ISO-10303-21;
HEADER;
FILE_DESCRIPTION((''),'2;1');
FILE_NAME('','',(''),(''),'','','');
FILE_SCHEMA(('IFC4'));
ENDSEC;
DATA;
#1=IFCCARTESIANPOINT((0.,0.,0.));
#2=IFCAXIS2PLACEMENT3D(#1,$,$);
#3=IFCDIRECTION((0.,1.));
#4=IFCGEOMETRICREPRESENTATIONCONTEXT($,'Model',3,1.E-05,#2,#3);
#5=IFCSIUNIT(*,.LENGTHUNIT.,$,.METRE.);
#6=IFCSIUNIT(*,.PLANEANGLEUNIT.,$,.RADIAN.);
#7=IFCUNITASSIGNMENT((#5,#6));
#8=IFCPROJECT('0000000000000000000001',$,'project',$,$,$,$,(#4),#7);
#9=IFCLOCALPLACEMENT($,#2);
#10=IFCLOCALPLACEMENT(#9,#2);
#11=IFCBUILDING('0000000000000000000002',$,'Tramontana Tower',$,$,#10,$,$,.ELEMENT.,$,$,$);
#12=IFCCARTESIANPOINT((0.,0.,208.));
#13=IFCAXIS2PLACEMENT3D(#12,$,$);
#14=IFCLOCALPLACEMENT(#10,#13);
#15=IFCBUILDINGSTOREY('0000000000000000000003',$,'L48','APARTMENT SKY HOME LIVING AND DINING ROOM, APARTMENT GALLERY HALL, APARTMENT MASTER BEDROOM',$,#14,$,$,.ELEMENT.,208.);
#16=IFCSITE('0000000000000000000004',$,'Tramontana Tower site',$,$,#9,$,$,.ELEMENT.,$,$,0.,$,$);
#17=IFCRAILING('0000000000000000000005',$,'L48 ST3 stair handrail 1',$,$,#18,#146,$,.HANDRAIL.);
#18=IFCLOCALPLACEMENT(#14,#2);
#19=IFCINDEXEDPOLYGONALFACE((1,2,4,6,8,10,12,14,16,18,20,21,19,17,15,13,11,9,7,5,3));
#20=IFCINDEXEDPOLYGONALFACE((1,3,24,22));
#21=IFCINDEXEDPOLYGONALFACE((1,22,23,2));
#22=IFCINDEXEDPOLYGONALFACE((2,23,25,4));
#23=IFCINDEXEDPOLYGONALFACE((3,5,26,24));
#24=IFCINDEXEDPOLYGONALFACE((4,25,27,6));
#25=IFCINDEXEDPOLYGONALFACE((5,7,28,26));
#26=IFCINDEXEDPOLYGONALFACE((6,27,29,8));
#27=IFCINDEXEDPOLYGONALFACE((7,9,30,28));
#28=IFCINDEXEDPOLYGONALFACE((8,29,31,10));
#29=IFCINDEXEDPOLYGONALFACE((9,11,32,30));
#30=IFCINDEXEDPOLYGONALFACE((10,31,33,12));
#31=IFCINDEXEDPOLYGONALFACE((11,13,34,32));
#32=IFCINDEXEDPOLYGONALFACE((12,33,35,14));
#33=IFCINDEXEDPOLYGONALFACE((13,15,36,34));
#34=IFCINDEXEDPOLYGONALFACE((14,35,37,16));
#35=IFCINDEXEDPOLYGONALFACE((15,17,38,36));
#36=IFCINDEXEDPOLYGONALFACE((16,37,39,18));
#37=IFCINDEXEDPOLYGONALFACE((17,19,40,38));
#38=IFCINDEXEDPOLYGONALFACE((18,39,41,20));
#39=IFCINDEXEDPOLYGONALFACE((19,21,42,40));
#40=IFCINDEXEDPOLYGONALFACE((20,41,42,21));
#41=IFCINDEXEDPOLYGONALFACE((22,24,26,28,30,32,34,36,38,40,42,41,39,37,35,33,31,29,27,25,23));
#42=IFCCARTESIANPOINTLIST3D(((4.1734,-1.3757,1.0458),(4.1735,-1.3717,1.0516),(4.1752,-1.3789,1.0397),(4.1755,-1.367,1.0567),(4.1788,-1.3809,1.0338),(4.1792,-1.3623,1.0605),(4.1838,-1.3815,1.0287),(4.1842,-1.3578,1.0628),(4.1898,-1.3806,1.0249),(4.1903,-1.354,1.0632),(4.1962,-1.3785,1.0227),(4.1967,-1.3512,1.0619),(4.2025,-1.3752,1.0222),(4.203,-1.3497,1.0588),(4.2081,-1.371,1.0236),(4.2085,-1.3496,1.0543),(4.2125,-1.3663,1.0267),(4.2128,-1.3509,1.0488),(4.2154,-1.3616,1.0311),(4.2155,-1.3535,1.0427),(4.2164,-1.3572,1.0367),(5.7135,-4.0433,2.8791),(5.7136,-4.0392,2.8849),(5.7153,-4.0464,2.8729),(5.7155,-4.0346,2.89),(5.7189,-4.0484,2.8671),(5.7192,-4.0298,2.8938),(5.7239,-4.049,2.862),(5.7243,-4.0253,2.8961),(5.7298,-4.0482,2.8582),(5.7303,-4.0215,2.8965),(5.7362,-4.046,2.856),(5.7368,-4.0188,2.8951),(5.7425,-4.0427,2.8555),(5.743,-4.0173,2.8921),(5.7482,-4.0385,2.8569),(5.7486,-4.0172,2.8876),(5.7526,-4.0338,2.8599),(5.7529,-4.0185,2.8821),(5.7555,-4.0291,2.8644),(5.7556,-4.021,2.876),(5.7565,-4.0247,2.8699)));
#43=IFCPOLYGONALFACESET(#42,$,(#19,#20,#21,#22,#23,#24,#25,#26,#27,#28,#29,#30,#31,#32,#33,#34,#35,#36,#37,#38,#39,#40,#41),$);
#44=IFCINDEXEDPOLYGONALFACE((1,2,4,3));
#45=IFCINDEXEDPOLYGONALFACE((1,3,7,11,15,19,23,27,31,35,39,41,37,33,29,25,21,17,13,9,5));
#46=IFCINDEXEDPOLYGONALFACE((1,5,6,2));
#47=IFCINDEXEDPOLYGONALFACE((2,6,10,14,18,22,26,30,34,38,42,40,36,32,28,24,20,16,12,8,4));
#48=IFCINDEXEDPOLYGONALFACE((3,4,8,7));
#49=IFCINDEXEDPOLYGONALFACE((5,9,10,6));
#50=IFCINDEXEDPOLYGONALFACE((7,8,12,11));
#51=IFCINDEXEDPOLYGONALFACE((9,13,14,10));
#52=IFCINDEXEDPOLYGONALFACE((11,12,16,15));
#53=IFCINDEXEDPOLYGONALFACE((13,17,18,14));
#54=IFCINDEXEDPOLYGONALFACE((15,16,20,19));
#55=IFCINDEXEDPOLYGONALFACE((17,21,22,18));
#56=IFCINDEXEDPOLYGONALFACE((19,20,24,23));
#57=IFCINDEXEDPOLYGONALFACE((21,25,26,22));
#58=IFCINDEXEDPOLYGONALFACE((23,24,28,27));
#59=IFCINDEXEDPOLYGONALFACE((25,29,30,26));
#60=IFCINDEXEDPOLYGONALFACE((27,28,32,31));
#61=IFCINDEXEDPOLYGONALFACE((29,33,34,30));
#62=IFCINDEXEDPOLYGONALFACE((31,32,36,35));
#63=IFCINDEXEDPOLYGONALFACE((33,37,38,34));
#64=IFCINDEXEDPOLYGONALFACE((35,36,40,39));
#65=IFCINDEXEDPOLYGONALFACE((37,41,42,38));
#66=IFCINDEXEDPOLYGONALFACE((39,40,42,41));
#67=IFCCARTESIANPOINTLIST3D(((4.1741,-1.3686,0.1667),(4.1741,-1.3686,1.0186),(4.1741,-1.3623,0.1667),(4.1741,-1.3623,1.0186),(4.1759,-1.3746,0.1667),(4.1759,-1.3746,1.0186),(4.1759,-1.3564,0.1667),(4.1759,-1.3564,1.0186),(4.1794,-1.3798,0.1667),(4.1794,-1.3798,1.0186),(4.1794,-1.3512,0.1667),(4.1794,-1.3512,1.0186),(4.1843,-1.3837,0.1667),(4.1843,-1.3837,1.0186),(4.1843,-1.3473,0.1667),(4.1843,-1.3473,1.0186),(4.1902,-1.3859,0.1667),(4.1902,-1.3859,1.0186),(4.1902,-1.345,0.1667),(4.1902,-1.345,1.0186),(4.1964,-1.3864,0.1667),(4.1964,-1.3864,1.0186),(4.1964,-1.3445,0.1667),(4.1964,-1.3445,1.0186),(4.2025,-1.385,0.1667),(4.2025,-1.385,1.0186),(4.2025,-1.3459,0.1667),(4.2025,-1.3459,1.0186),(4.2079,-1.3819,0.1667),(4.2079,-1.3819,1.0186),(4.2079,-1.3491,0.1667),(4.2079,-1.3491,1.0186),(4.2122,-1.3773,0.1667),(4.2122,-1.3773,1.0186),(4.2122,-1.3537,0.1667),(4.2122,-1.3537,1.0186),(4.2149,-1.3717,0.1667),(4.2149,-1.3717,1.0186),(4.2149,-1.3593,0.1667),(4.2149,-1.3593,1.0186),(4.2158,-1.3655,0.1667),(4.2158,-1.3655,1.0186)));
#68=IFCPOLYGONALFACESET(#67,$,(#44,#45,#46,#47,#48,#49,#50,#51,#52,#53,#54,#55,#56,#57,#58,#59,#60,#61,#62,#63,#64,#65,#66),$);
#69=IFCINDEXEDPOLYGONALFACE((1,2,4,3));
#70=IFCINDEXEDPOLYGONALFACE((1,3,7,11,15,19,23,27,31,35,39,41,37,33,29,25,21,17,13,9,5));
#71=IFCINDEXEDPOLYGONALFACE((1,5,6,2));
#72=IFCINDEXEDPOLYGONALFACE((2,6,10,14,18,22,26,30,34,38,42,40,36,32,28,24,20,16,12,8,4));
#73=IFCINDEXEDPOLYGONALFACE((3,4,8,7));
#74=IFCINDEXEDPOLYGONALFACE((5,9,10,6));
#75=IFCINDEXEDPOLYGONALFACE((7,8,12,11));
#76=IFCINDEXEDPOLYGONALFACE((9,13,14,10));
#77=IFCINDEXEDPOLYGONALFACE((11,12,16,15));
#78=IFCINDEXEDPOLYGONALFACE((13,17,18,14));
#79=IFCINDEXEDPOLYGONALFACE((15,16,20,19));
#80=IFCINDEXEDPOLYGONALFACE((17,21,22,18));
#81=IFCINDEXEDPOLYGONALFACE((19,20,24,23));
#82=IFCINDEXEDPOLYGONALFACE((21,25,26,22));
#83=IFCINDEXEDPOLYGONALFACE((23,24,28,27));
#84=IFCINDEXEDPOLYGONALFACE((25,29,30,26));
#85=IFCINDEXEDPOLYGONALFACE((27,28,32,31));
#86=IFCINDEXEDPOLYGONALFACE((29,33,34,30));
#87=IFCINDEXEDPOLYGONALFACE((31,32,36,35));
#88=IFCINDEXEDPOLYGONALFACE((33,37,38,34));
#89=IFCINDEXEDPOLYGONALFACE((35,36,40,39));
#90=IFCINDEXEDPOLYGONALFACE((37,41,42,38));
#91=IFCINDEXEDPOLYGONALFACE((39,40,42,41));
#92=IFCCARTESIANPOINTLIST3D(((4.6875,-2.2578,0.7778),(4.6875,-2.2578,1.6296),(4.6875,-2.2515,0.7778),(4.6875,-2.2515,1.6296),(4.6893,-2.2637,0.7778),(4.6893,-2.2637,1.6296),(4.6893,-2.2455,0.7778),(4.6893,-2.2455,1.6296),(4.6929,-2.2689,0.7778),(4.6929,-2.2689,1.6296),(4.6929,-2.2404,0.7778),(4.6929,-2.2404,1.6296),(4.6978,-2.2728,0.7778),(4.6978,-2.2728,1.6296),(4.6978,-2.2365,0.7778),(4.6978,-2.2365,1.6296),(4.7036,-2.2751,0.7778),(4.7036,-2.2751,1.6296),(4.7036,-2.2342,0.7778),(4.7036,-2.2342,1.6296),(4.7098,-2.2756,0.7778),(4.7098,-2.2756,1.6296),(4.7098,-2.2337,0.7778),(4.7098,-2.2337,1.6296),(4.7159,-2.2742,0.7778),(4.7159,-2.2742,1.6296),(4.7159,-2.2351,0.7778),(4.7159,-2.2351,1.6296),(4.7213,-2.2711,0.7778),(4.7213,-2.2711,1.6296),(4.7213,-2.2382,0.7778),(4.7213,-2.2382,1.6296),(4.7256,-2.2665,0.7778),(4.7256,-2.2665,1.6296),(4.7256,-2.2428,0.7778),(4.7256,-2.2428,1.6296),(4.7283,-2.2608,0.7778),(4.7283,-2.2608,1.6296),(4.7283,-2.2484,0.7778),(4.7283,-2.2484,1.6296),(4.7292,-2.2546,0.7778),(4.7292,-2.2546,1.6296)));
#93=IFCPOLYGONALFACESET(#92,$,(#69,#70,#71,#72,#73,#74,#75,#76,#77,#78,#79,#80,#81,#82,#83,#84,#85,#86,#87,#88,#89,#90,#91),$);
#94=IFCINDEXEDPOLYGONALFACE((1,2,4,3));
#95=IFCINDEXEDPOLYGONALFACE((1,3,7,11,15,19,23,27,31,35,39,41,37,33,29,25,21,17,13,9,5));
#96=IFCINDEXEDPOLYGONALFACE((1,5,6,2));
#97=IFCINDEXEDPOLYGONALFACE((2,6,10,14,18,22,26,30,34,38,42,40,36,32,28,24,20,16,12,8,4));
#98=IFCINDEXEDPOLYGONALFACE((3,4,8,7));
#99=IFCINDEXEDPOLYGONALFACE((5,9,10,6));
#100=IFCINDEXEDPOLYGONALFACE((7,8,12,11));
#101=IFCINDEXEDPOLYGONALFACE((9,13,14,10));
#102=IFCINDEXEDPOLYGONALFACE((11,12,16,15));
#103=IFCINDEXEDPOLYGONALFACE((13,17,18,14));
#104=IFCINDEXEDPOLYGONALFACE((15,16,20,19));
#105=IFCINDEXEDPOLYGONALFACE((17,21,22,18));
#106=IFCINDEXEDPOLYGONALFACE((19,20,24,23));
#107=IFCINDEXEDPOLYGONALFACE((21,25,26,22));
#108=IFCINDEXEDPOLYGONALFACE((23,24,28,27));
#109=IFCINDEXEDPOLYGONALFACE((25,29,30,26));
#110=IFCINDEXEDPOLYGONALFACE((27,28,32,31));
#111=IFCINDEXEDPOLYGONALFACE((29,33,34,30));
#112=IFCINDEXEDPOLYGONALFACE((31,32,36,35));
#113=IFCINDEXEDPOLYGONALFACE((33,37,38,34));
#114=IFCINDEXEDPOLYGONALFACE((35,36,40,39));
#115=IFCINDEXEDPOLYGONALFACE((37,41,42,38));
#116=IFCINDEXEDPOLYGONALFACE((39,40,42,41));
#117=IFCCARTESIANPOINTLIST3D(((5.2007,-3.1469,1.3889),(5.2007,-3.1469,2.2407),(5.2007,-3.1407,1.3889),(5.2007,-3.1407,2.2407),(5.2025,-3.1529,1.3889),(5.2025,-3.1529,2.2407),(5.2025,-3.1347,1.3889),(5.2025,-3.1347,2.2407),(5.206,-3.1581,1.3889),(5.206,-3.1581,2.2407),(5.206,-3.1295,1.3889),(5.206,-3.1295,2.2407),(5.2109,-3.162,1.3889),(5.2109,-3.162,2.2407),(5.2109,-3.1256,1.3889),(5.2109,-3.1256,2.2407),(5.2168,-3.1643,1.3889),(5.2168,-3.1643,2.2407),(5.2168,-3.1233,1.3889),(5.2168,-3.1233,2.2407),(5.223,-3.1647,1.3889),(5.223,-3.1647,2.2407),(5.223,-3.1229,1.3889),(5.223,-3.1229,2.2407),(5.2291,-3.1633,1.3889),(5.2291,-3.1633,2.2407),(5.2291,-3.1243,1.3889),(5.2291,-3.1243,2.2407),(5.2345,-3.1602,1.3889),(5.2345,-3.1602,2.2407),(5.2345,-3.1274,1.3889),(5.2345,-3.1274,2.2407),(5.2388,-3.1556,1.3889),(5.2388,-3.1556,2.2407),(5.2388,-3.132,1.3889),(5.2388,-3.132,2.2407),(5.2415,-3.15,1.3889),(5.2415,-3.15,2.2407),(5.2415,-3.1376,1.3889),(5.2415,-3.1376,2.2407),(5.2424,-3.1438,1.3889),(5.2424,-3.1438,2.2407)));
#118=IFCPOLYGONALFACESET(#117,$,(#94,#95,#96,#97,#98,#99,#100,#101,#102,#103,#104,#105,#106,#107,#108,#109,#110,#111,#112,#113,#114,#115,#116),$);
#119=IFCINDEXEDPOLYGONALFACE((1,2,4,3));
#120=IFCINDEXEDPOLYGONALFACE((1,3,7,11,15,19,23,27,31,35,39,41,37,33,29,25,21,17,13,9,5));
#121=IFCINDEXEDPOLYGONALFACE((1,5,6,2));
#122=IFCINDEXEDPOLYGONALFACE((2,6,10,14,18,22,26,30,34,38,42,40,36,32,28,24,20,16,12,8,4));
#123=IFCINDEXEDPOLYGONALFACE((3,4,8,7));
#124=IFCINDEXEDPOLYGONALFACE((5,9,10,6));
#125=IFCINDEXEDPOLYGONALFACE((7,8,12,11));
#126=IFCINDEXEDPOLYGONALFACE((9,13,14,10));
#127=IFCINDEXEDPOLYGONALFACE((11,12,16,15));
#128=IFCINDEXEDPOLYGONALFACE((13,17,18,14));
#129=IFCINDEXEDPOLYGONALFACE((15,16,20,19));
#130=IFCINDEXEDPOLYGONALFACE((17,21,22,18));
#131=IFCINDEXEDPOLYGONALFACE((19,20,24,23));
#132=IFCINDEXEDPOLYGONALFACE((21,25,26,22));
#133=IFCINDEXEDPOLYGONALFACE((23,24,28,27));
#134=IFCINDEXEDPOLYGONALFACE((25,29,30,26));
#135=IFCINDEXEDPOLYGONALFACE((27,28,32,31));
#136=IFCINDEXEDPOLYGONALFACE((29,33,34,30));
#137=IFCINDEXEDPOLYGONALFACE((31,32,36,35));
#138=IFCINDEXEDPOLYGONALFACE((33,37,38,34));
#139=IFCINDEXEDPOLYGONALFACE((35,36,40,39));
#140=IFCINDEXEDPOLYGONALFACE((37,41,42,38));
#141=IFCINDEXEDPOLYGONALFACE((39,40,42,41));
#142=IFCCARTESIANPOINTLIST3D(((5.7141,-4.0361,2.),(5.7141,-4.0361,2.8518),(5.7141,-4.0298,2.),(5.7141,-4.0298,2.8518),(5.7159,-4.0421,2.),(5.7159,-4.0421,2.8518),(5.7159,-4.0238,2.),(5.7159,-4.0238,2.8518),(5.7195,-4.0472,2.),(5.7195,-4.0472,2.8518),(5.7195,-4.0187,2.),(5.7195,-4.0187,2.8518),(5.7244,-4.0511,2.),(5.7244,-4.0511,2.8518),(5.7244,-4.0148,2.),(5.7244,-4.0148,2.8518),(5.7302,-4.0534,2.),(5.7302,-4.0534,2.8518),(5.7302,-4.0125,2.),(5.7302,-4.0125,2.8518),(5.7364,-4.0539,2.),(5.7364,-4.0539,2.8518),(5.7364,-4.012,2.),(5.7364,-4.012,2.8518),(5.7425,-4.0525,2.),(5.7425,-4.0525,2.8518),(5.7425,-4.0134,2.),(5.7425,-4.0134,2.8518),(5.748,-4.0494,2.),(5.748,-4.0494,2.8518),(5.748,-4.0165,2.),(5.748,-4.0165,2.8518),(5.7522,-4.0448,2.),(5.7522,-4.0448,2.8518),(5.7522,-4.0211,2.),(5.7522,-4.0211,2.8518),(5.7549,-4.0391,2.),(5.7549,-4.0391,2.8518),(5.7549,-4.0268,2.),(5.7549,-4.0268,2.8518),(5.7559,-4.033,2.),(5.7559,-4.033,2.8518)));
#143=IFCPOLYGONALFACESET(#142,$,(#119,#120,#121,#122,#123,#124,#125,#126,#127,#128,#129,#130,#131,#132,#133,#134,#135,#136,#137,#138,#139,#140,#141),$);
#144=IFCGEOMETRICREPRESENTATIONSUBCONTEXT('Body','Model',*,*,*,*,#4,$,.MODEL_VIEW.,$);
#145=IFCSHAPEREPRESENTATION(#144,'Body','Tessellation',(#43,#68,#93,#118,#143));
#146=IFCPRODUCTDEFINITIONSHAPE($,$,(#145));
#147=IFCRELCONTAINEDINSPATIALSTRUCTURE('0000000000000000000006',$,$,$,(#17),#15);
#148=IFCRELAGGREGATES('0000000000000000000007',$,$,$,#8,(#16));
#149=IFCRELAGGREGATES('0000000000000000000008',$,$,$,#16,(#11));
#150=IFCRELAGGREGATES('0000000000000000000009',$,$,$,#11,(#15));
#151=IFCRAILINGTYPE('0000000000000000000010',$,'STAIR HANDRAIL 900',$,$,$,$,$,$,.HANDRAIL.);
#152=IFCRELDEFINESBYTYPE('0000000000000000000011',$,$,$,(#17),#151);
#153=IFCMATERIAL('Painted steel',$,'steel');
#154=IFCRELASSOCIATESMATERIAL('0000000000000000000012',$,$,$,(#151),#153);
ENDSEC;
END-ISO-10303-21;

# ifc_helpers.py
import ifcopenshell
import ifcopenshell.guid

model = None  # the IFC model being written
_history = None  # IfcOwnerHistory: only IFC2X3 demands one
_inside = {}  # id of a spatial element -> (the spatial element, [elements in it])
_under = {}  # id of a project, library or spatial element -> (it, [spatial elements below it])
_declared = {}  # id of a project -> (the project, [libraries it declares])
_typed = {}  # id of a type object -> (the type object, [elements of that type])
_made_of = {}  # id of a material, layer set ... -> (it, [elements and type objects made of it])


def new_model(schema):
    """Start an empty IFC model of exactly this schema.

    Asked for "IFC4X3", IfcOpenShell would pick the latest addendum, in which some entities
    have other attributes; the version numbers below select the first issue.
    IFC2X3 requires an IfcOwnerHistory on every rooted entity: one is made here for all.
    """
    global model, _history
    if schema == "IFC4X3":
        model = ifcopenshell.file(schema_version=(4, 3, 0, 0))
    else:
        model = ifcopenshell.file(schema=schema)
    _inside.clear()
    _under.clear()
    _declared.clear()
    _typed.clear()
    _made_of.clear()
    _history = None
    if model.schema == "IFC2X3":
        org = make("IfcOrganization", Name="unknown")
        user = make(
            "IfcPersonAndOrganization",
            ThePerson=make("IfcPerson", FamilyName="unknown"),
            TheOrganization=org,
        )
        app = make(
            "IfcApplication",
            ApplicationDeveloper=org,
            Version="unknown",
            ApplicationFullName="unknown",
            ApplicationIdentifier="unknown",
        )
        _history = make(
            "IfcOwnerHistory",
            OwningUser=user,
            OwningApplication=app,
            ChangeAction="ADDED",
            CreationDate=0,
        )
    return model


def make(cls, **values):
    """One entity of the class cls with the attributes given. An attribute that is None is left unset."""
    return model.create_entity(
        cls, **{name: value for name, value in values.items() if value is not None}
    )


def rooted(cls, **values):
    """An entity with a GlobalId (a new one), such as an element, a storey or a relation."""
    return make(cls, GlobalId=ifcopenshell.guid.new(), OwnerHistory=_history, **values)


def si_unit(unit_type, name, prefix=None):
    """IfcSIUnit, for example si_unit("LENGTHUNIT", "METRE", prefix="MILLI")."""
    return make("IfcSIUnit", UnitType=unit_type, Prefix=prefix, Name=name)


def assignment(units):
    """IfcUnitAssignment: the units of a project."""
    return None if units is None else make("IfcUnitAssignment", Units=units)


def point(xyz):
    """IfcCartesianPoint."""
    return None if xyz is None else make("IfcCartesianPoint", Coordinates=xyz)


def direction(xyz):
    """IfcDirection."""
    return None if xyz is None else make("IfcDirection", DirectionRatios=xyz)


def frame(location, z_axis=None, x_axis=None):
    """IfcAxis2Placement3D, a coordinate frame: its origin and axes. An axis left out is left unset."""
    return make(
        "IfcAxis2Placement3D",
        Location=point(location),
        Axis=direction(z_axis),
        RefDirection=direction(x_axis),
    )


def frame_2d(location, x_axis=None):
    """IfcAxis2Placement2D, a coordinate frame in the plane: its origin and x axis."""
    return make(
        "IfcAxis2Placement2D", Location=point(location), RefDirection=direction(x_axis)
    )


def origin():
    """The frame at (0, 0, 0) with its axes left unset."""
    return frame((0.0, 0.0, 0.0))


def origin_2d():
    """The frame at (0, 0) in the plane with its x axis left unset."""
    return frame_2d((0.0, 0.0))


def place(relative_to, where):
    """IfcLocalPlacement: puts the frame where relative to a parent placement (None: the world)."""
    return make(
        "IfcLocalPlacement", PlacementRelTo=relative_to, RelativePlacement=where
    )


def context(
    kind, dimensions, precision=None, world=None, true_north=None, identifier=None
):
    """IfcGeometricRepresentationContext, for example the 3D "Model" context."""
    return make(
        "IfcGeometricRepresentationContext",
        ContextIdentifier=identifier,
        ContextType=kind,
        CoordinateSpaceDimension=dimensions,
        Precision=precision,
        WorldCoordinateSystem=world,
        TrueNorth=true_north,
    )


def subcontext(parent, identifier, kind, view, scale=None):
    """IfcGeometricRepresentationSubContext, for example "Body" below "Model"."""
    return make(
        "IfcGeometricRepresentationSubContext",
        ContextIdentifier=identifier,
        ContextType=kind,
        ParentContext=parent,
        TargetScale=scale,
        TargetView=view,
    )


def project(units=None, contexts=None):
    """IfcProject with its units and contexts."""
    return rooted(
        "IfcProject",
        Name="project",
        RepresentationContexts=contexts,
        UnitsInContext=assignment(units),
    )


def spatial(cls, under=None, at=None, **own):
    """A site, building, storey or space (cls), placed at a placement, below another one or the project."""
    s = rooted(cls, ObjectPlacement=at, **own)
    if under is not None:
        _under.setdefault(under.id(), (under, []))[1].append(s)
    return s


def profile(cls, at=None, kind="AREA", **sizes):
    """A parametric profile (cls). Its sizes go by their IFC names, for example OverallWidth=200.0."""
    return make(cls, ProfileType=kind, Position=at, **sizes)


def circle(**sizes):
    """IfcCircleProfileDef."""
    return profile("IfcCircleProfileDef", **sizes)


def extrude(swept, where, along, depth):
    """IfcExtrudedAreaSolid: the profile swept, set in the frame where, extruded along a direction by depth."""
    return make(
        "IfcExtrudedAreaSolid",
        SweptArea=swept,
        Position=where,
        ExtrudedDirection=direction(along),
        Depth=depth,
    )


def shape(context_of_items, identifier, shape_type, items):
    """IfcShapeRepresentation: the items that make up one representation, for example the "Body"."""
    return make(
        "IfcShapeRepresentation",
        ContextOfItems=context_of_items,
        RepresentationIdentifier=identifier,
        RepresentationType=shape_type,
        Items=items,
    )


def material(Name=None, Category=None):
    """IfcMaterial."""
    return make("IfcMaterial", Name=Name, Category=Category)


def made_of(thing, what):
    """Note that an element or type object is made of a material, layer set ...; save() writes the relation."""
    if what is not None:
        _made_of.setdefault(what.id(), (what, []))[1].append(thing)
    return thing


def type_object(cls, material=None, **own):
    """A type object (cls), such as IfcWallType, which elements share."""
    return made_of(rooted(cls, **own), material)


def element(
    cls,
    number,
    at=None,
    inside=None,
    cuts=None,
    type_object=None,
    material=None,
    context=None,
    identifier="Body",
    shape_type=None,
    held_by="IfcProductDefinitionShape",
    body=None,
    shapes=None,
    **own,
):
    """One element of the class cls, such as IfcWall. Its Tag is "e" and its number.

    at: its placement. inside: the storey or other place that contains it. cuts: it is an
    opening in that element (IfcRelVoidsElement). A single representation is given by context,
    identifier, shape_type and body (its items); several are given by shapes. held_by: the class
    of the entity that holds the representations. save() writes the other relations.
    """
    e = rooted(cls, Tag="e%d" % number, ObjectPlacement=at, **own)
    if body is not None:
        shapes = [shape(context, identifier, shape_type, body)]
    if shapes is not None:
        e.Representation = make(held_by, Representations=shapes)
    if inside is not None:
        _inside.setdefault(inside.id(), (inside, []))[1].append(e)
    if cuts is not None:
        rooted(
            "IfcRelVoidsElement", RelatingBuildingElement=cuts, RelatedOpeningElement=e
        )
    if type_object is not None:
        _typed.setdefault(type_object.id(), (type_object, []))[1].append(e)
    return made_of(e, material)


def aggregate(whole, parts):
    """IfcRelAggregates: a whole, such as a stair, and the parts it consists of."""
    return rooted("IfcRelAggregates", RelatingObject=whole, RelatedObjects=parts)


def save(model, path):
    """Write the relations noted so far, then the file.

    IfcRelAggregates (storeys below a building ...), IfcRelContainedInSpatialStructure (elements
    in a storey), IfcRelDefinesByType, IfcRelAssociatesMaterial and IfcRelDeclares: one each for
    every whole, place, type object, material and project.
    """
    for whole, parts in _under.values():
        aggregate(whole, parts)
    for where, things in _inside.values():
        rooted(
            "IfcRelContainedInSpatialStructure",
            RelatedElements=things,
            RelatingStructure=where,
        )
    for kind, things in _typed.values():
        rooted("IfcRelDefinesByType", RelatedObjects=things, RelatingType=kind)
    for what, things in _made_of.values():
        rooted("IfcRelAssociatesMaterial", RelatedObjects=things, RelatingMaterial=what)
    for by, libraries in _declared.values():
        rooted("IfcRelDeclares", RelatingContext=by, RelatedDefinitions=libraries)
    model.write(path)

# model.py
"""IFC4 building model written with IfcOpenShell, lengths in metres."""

from ifc_helpers import new_model, si_unit, direction, frame, origin, origin_2d, place, context, subcontext, project, spatial, circle, extrude, material, type_object, element, save


model = new_model("IFC4")

# Units and contexts
model_context = context("Model", 3, precision=1e-05, world=origin(), true_north=direction((0.0, 1.0)))
body_context = subcontext(model_context, "Body", "Model", "MODEL_VIEW")
ifc_project = project(units=[si_unit("LENGTHUNIT", "METRE"), si_unit("PLANEANGLEUNIT", "RADIAN")], contexts=[model_context])

# Site, building, storey
site_placement = place(None, origin())
site = spatial("IfcSite", under=ifc_project, at=site_placement, Name="Tramontana Tower site", CompositionType="ELEMENT", RefElevation=0.0)
building_placement = place(site_placement, origin())
building = spatial("IfcBuilding", under=site, at=building_placement, Name="Tramontana Tower", CompositionType="ELEMENT")
storey_placement = place(building_placement, frame((0.0, 0.0, 208.0)))
storey = spatial("IfcBuildingStorey", under=building, at=storey_placement, Name="L48", Description="APARTMENT SKY HOME LIVING AND DINING ROOM, APARTMENT GALLERY HALL, APARTMENT MASTER BEDROOM", CompositionType="ELEMENT", Elevation=208.0)

# Railing
ifc_material_1 = material(Name="Painted steel", Category="steel")
railing_type_1 = type_object("IfcRailingType", Name="STAIR HANDRAIL 900", PredefinedType="HANDRAIL", material=ifc_material_1)
railing_1_placement = place(storey_placement, frame((4.1948, -1.3655, 0.1667)))
element("IfcRailing", 1, at=railing_1_placement, inside=storey, type_object=railing_type_1, Name="L48 ST3 stair handrail 1", PredefinedType="HANDRAIL", context=body_context, shape_type="SweptSolid", body=[
    extrude(circle(Radius=0.0239, at=origin_2d()), frame((0.0, 0.0, 0.876), z_axis=(0.429649, -0.74419, 0.511452), x_axis=(0.86603, 0.499992, 0.0)), (0.0, 0.0, 1.0), 3.5845),
    extrude(circle(Radius=0.021, at=origin_2d()), origin(), (0.0, 0.0, 1.0), 0.8518),
    extrude(circle(Radius=0.021, at=origin_2d()), frame((0.5134, -0.8892, 0.6111)), (0.0, 0.0, 1.0), 0.8518),
    extrude(circle(Radius=0.021, at=origin_2d()), frame((1.0266, -1.7783, 1.2222)), (0.0, 0.0, 1.0), 0.8518),
    extrude(circle(Radius=0.021, at=origin_2d()), frame((1.54, -2.6675, 1.8333)), (0.0, 0.0, 1.0), 0.8518),
])

save(model, "model.ifc")
